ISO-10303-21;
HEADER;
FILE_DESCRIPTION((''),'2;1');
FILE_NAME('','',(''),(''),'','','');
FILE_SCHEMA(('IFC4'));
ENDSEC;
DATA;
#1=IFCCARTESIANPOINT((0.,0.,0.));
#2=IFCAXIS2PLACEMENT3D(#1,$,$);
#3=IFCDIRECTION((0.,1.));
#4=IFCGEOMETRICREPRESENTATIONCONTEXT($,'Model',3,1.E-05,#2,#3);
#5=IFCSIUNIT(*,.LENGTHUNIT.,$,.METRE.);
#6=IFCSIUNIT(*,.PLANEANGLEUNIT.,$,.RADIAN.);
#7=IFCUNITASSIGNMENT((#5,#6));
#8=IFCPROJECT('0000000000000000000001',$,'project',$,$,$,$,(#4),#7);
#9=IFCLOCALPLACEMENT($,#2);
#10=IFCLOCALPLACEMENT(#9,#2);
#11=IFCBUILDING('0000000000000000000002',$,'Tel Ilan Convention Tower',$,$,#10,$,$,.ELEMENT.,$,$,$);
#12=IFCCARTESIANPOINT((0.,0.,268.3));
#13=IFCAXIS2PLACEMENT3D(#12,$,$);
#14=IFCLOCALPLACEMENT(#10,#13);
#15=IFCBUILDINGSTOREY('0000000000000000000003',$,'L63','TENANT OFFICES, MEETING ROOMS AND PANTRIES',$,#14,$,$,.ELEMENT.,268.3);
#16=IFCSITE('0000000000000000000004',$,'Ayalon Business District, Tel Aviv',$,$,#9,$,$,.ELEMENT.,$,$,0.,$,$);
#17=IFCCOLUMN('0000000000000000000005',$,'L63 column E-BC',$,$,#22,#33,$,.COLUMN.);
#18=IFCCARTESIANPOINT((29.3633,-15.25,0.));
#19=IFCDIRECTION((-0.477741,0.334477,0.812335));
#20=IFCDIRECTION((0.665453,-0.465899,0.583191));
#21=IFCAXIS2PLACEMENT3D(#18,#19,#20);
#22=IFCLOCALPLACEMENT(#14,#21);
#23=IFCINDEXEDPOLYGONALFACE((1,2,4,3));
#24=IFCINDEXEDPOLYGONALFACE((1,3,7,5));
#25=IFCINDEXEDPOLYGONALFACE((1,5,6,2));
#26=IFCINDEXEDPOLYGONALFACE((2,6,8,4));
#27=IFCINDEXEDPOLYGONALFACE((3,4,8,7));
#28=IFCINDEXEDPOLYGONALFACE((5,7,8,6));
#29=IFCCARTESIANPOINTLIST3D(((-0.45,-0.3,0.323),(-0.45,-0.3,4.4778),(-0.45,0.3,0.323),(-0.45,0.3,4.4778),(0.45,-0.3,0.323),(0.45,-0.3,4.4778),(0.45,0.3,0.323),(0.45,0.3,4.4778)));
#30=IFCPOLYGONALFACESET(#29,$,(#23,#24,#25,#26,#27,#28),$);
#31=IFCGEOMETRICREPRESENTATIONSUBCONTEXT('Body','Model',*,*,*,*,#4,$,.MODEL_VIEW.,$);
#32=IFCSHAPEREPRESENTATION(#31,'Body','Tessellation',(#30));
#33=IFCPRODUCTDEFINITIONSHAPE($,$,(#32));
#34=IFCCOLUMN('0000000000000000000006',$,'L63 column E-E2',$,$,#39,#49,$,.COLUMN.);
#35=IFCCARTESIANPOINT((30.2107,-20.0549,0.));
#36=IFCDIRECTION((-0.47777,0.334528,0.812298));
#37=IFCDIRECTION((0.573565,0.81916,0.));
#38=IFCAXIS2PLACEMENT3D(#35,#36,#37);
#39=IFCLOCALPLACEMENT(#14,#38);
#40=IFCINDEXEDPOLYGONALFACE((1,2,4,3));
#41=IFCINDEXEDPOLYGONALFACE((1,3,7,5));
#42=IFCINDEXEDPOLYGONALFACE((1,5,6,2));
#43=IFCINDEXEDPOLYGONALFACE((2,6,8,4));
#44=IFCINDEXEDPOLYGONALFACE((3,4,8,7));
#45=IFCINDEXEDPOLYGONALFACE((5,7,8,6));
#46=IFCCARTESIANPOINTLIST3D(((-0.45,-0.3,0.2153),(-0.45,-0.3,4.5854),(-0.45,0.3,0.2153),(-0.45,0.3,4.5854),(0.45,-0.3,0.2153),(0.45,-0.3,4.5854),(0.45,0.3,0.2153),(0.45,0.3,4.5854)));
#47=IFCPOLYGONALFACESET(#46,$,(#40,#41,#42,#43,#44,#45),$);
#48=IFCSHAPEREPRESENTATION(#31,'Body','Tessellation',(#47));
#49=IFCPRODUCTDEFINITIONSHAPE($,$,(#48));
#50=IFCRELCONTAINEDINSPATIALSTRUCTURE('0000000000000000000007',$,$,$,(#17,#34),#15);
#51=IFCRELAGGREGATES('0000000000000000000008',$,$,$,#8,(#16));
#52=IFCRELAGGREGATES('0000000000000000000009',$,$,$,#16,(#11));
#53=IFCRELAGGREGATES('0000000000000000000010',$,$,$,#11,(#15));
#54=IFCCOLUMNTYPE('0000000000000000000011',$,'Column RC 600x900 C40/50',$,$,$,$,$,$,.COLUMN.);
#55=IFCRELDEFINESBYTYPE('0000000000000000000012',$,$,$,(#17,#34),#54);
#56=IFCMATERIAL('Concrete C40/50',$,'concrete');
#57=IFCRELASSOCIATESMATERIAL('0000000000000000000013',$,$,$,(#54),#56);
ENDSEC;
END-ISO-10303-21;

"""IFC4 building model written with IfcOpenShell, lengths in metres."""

from ifc_helpers import new_model, si_unit, direction, frame, origin, origin_2d, place, context, subcontext, project, spatial, rectangle, extrude, clip, halfspace, material, material_profile, profile_set, type_object, element, save


model = new_model("IFC4")

# Units and contexts
model_context = context("Model", 3, precision=1e-05, world=origin(), true_north=direction((0.0, 1.0)))
body_context = subcontext(model_context, "Body", "Model", "MODEL_VIEW")
ifc_project = project(units=[si_unit("LENGTHUNIT", "METRE"), si_unit("PLANEANGLEUNIT", "RADIAN")], contexts=[model_context])

# Site, building, storey
site_placement = place(None, origin())
site = spatial("IfcSite", under=ifc_project, at=site_placement, Name="Ayalon Business District, Tel Aviv", CompositionType="ELEMENT", RefElevation=0.0)
building_placement = place(site_placement, origin())
building = spatial("IfcBuilding", under=site, at=building_placement, Name="Tel Ilan Convention Tower", CompositionType="ELEMENT")
storey_placement = place(building_placement, frame((0.0, 0.0, 268.3)))
storey = spatial("IfcBuildingStorey", under=building, at=storey_placement, Name="L63", Description="TENANT OFFICES, MEETING ROOMS AND PANTRIES", CompositionType="ELEMENT", Elevation=268.3)

# Columns
ifc_material_1 = material(Name="Concrete C40/50", Category="concrete")
ifc_material_profile_1 = material_profile(ifc_material_1, rectangle(XDim=0.8999, YDim=0.6001, at=origin_2d()), Name="RC 600x900")
ifc_profile_set_1 = profile_set([ifc_material_profile_1], Name="Concrete C40/50")
column_type = type_object("IfcColumnType", Name="Column RC 600x900 C40/50", PredefinedType="COLUMN", material=ifc_profile_set_1)
column_1_placement = place(storey_placement, frame((29.3633, -15.25, 0.0), z_axis=(-0.477741, 0.334477, 0.812335), x_axis=(0.665453, -0.465899, 0.583191)))
element("IfcColumn", 1, at=column_1_placement, inside=storey, type_object=column_type, Name="L63 column E-BC", PredefinedType="COLUMN", context=body_context, shape_type="Clipping", body=[
    clip(clip(extrude(rectangle(XDim=0.8999, YDim=0.6001, at=origin_2d()), origin(), (0.0, 0.0, 1.0), 4.8008), halfspace(frame((0.0, 0.0, 0.323), z_axis=(0.0, 0.0, 1.0), x_axis=(1.0, 0.0, 0.0)), True)), halfspace(frame((0.0, 0.0, 4.4778), z_axis=(0.0, 0.0, 1.0), x_axis=(1.0, 0.0, 0.0)), False)),
])
column_2_placement = place(storey_placement, frame((30.2107, -20.0549, 0.0), z_axis=(-0.47777, 0.334528, 0.812298), x_axis=(0.573565, 0.81916, 0.0)))
element("IfcColumn", 2, at=column_2_placement, inside=storey, type_object=column_type, Name="L63 column E-E2", PredefinedType="COLUMN", context=body_context, shape_type="Clipping", body=[
    clip(clip(extrude(rectangle(XDim=0.8999, YDim=0.6001, at=origin_2d()), origin(), (0.0, 0.0, 1.0), 4.8008), halfspace(frame((0.0, 0.0, 0.2153), z_axis=(0.0, 0.0, 1.0), x_axis=(1.0, 0.0, 0.0)), True)), halfspace(frame((0.0, 0.0, 4.5854), z_axis=(0.0, 0.0, 1.0), x_axis=(1.0, 0.0, 0.0)), False)),
])

save(model, "model.ifc")
